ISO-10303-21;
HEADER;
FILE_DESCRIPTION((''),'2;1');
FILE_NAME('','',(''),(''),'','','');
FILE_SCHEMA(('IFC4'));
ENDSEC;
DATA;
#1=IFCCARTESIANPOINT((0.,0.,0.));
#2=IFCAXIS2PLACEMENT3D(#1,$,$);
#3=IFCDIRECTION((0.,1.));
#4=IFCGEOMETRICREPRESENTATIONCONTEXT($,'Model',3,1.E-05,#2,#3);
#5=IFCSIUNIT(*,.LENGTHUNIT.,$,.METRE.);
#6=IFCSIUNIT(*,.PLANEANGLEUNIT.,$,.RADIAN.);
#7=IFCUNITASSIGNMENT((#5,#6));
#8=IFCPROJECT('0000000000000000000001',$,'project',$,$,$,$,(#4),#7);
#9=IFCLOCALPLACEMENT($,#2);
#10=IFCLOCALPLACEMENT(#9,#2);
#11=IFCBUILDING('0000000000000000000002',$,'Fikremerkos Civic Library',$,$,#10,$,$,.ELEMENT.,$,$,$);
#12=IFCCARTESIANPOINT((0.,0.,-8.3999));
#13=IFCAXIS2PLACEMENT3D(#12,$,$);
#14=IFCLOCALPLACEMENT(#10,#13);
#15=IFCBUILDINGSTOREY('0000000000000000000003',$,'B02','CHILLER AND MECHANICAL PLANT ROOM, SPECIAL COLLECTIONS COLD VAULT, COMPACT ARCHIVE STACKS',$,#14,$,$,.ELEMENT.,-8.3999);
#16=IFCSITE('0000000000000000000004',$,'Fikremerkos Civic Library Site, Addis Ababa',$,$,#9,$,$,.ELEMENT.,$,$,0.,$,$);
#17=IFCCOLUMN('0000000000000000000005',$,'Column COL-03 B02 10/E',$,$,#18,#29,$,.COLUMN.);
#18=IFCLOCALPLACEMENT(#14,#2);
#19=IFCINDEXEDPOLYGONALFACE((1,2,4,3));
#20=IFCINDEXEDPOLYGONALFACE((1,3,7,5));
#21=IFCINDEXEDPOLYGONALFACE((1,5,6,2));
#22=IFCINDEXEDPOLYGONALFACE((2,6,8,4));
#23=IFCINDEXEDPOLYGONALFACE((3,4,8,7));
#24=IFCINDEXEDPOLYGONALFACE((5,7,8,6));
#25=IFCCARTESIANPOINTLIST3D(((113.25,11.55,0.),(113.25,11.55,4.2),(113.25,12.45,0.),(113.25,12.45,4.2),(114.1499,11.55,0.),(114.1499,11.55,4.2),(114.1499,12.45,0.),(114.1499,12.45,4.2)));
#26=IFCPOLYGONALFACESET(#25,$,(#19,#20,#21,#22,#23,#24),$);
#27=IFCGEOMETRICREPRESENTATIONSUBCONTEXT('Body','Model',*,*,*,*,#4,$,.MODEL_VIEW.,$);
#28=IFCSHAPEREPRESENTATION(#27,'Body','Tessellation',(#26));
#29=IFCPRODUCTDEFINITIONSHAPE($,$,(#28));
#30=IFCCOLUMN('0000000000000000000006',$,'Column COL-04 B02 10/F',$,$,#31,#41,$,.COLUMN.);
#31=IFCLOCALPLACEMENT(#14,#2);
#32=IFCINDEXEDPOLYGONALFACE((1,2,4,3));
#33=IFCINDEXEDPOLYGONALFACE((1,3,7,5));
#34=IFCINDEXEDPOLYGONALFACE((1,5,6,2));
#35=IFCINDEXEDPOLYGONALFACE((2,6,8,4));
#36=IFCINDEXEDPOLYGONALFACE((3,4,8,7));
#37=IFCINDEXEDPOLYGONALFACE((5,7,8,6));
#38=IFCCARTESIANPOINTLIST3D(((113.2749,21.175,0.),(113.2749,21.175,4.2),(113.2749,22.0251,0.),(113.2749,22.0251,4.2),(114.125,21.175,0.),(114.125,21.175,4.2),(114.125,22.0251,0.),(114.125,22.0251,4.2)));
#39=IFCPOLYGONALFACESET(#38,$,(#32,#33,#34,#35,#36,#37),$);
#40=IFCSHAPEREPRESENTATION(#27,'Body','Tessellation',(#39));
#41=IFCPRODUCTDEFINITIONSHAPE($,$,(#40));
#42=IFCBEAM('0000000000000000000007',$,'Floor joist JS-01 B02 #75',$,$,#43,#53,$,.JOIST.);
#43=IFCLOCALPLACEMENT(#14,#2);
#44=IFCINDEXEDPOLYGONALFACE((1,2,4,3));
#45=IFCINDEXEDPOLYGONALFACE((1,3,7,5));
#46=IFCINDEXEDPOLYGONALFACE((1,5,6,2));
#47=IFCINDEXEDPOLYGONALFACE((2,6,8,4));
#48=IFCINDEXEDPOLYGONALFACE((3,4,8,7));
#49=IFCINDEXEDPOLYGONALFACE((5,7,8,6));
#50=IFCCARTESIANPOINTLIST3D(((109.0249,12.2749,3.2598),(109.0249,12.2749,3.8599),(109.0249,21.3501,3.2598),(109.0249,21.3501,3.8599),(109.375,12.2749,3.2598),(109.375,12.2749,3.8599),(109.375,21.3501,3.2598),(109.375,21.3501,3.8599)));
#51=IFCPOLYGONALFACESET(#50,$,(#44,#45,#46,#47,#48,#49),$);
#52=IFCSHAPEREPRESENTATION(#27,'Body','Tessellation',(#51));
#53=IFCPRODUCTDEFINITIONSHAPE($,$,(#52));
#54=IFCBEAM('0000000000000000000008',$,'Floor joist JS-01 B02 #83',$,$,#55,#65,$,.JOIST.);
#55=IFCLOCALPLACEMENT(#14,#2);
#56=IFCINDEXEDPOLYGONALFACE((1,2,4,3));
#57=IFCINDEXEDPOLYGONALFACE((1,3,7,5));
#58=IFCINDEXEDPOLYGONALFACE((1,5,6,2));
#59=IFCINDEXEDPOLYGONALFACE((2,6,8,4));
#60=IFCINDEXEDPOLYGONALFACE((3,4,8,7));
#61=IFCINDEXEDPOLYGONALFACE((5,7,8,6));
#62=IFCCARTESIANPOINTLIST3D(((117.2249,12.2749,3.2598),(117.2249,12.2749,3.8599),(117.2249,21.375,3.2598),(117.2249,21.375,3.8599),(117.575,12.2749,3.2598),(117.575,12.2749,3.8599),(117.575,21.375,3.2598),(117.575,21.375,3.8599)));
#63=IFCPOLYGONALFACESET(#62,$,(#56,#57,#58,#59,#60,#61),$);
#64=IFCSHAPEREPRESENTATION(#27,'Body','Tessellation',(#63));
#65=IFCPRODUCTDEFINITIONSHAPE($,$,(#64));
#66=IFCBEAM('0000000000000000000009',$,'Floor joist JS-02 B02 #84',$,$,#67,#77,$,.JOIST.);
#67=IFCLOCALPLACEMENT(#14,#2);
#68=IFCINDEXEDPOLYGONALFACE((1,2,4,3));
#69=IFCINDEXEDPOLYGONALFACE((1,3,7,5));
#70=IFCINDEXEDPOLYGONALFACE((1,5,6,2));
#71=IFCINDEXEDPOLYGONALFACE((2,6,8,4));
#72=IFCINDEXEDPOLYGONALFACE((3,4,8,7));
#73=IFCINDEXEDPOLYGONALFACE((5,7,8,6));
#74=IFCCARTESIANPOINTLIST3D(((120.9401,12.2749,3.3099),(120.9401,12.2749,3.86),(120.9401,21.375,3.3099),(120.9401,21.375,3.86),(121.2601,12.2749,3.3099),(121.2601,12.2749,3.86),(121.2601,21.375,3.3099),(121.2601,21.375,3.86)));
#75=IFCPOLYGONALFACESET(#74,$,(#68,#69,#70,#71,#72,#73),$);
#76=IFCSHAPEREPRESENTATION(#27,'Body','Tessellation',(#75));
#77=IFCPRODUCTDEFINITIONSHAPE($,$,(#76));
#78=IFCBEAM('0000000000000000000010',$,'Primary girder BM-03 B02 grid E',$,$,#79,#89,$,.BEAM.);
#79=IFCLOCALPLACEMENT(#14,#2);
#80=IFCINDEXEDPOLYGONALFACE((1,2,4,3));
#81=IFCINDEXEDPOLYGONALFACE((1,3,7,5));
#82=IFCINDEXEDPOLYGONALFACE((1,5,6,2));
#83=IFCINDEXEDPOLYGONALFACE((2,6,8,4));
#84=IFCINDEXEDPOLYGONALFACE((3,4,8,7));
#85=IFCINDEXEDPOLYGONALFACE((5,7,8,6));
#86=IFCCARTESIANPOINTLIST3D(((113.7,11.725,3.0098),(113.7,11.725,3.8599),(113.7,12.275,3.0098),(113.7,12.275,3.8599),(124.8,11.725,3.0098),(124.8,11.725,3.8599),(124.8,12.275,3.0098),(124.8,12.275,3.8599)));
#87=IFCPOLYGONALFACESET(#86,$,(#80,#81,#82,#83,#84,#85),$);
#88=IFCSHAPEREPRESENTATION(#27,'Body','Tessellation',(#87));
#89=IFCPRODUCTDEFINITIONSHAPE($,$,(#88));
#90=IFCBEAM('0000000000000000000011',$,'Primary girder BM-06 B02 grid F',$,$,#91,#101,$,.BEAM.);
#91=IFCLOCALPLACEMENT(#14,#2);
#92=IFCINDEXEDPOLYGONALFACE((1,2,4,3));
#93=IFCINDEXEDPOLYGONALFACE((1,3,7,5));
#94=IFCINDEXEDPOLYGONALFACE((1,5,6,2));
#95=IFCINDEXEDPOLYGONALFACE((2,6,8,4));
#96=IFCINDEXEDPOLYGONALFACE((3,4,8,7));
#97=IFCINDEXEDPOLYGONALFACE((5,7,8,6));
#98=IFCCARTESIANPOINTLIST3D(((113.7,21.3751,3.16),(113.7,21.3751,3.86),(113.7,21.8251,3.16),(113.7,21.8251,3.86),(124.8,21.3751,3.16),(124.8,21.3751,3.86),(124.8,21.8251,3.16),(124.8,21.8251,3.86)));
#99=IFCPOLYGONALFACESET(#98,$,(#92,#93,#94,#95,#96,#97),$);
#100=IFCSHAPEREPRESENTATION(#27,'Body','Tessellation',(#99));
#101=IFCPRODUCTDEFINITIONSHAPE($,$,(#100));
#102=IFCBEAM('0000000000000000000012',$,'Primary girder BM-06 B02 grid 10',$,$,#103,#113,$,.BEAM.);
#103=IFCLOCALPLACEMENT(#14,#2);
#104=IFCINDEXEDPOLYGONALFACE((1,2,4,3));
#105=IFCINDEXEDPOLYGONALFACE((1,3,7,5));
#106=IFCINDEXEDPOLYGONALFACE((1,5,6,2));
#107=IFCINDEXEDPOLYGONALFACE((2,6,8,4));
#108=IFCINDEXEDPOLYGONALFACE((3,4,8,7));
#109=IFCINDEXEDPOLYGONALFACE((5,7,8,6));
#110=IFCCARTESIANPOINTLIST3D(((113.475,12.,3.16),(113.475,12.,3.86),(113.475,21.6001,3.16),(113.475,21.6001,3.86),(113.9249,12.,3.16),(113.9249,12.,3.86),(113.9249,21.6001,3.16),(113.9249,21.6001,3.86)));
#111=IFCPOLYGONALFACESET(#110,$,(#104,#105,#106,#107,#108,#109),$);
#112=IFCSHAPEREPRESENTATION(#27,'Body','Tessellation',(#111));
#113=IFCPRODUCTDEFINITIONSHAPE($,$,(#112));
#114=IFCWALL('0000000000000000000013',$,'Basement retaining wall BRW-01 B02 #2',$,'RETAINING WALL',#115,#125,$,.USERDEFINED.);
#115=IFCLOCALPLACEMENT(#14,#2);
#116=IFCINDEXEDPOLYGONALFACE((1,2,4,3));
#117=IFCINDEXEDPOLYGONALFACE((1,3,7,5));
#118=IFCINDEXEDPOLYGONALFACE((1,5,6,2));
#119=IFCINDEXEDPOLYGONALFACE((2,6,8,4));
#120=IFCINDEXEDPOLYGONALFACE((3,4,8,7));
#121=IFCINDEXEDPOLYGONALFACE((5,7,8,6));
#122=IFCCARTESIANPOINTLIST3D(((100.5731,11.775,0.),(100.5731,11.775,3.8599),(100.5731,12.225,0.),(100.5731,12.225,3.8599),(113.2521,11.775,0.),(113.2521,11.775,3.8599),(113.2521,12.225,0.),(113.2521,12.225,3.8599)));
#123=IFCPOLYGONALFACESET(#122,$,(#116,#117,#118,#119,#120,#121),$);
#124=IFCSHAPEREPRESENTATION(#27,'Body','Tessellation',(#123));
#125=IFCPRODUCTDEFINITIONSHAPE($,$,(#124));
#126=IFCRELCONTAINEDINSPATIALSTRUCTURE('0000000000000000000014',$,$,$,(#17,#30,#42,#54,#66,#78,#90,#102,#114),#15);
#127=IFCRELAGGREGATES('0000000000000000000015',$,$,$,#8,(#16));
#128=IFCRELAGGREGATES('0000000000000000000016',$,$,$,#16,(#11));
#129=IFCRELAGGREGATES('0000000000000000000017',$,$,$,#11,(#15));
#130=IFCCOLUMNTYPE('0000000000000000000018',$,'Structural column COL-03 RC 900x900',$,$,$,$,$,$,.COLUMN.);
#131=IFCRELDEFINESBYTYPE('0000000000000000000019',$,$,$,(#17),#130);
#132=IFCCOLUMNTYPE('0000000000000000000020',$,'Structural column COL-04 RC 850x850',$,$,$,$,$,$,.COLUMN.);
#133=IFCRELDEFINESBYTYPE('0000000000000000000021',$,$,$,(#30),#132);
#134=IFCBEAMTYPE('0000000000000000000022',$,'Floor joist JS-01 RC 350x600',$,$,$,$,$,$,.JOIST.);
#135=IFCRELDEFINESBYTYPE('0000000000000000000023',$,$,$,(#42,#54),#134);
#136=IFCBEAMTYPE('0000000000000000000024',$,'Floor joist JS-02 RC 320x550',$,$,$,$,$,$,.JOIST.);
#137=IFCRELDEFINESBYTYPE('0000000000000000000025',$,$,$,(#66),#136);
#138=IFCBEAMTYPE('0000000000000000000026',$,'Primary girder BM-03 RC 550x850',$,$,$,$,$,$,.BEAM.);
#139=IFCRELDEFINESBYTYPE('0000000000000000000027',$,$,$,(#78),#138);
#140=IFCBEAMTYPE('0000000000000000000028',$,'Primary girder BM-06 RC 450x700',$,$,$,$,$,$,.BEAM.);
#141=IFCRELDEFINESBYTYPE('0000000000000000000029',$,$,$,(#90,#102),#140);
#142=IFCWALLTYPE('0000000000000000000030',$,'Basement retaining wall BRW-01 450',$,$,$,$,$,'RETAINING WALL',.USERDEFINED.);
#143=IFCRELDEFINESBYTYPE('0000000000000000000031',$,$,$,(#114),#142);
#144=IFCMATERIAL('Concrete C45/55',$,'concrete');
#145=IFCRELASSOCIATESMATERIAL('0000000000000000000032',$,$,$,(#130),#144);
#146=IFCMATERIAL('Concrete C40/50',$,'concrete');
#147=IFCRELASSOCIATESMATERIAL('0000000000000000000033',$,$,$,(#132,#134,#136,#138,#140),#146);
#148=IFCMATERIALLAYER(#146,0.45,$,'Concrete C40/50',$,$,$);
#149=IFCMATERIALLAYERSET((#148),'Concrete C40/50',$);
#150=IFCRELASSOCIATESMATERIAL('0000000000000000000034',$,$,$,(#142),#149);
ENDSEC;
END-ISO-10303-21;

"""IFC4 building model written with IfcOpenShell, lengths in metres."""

from ifc_helpers import new_model, si_unit, direction, frame, frame_2d, origin, origin_2d, place, context, subcontext, project, spatial, rectangle, extrude, material, layer, layer_set, material_profile, profile_set, type_object, element, save


model = new_model("IFC4")

# Units and contexts
model_context = context("Model", 3, precision=1e-05, world=origin(), true_north=direction((0.0, 1.0)))
body_context = subcontext(model_context, "Body", "Model", "MODEL_VIEW")
ifc_project = project(units=[si_unit("LENGTHUNIT", "METRE"), si_unit("PLANEANGLEUNIT", "RADIAN")], contexts=[model_context])

# Site, building, storey
site_placement = place(None, origin())
site = spatial("IfcSite", under=ifc_project, at=site_placement, Name="Fikremerkos Civic Library Site, Addis Ababa", CompositionType="ELEMENT", RefElevation=0.0)
building_placement = place(site_placement, origin())
building = spatial("IfcBuilding", under=site, at=building_placement, Name="Fikremerkos Civic Library", CompositionType="ELEMENT")
storey_placement = place(building_placement, frame((0.0, 0.0, -8.3999)))
storey = spatial("IfcBuildingStorey", under=building, at=storey_placement, Name="B02", Description="CHILLER AND MECHANICAL PLANT ROOM, SPECIAL COLLECTIONS COLD VAULT, COMPACT ARCHIVE STACKS", CompositionType="ELEMENT", Elevation=-8.3999)

# Shared definitions
ifc_material_1 = material(Name="Concrete C40/50", Category="concrete")

# Columns
ifc_material_2 = material(Name="Concrete C45/55", Category="concrete")
ifc_material_profile_1 = material_profile(ifc_material_2, rectangle(XDim=0.8999, YDim=0.8999, at=origin_2d()), Name="RC 900x900")
ifc_profile_set_1 = profile_set([ifc_material_profile_1], Name="Concrete C45/55")
column_type_1 = type_object("IfcColumnType", Name="Structural column COL-03 RC 900x900", PredefinedType="COLUMN", material=ifc_profile_set_1)
column_1_placement = place(storey_placement, frame((113.7, 12.0, 0.0), z_axis=(0.0, 0.0, 1.0), x_axis=(1.0, 0.0, 0.0)))
element("IfcColumn", 1, at=column_1_placement, inside=storey, type_object=column_type_1, Name="Column COL-03 B02 10/E", PredefinedType="COLUMN", context=body_context, shape_type="SweptSolid", body=[
    extrude(rectangle(XDim=0.8999, YDim=0.8999, at=origin_2d()), origin(), (0.0, 0.0, 1.0), 4.2),
])
ifc_material_profile_2 = material_profile(ifc_material_1, rectangle(XDim=0.8501, YDim=0.8501, at=origin_2d()), Name="RC 850x850")
ifc_profile_set_2 = profile_set([ifc_material_profile_2], Name="Concrete C40/50")
column_type_2 = type_object("IfcColumnType", Name="Structural column COL-04 RC 850x850", PredefinedType="COLUMN", material=ifc_profile_set_2)
column_2_placement = place(storey_placement, frame((113.7, 21.6001, 0.0), z_axis=(0.0, 0.0, 1.0), x_axis=(1.0, 0.0, 0.0)))
element("IfcColumn", 2, at=column_2_placement, inside=storey, type_object=column_type_2, Name="Column COL-04 B02 10/F", PredefinedType="COLUMN", context=body_context, shape_type="SweptSolid", body=[
    extrude(rectangle(XDim=0.8501, YDim=0.8501, at=origin_2d()), origin(), (0.0, 0.0, 1.0), 4.2),
])

# Beams
ifc_material_profile_3 = material_profile(ifc_material_1, rectangle(XDim=0.3501, YDim=0.6001, at=origin_2d()), Name="RC 350x600")
ifc_profile_set_3 = profile_set([ifc_material_profile_3], Name="Concrete C40/50")
beam_type_1 = type_object("IfcBeamType", Name="Floor joist JS-01 RC 350x600", PredefinedType="JOIST", material=ifc_profile_set_3)
beam_1_placement = place(storey_placement, frame((109.2, 12.2749, 3.5598), z_axis=(0.0, 1.0, 0.0), x_axis=(-1.0, 0.0, 0.0)))
element("IfcBeam", 3, at=beam_1_placement, inside=storey, type_object=beam_type_1, Name="Floor joist JS-01 B02 #75", PredefinedType="JOIST", context=body_context, shape_type="SweptSolid", body=[
    extrude(rectangle(XDim=0.3501, YDim=0.6001, at=origin_2d()), origin(), (0.0, 0.0, 1.0), 9.0752),
])
beam_2_placement = place(storey_placement, frame((117.3999, 12.2749, 3.5598), z_axis=(0.0, 1.0, 0.0), x_axis=(-1.0, 0.0, 0.0)))
element("IfcBeam", 4, at=beam_2_placement, inside=storey, type_object=beam_type_1, Name="Floor joist JS-01 B02 #83", PredefinedType="JOIST", context=body_context, shape_type="SweptSolid", body=[
    extrude(rectangle(XDim=0.3501, YDim=0.6001, at=origin_2d()), origin(), (0.0, 0.0, 1.0), 9.1001),
])
ifc_material_profile_4 = material_profile(ifc_material_1, rectangle(XDim=0.3201, YDim=0.55, at=origin_2d()), Name="RC 320x550")
ifc_profile_set_4 = profile_set([ifc_material_profile_4], Name="Concrete C40/50")
beam_type_2 = type_object("IfcBeamType", Name="Floor joist JS-02 RC 320x550", PredefinedType="JOIST", material=ifc_profile_set_4)
beam_3_placement = place(storey_placement, frame((121.1001, 12.2749, 3.585), z_axis=(0.0, 1.0, 0.0), x_axis=(-1.0, 0.0, 0.0)))
element("IfcBeam", 5, at=beam_3_placement, inside=storey, type_object=beam_type_2, Name="Floor joist JS-02 B02 #84", PredefinedType="JOIST", context=body_context, shape_type="SweptSolid", body=[
    extrude(rectangle(XDim=0.3201, YDim=0.55, at=origin_2d()), origin(), (0.0, 0.0, 1.0), 9.1001),
])
ifc_material_profile_5 = material_profile(ifc_material_1, rectangle(XDim=0.55, YDim=0.8501, at=origin_2d()), Name="RC 550x850")
ifc_profile_set_5 = profile_set([ifc_material_profile_5], Name="Concrete C40/50")
beam_type_3 = type_object("IfcBeamType", Name="Primary girder BM-03 RC 550x850", PredefinedType="BEAM", material=ifc_profile_set_5)
beam_4_placement = place(storey_placement, frame((113.7, 12.0, 3.4348), z_axis=(1.0, 0.0, 0.0), x_axis=(0.0, 1.0, 0.0)))
element("IfcBeam", 6, at=beam_4_placement, inside=storey, type_object=beam_type_3, Name="Primary girder BM-03 B02 grid E", PredefinedType="BEAM", context=body_context, shape_type="SweptSolid", body=[
    extrude(rectangle(XDim=0.55, YDim=0.8501, at=origin_2d()), origin(), (0.0, 0.0, 1.0), 11.1001),
])
ifc_material_profile_6 = material_profile(ifc_material_1, rectangle(XDim=0.45, YDim=0.7, at=origin_2d()), Name="RC 450x700")
ifc_profile_set_6 = profile_set([ifc_material_profile_6], Name="Concrete C40/50")
beam_type_4 = type_object("IfcBeamType", Name="Primary girder BM-06 RC 450x700", PredefinedType="BEAM", material=ifc_profile_set_6)
beam_5_placement = place(storey_placement, frame((113.7, 21.6001, 3.51), z_axis=(1.0, 0.0, 0.0), x_axis=(0.0, 1.0, 0.0)))
element("IfcBeam", 7, at=beam_5_placement, inside=storey, type_object=beam_type_4, Name="Primary girder BM-06 B02 grid F", PredefinedType="BEAM", context=body_context, shape_type="SweptSolid", body=[
    extrude(rectangle(XDim=0.45, YDim=0.7, at=origin_2d()), origin(), (0.0, 0.0, 1.0), 11.1001),
])
beam_6_placement = place(storey_placement, frame((113.7, 12.0, 3.51), z_axis=(0.0, 1.0, 0.0), x_axis=(-1.0, 0.0, 0.0)))
element("IfcBeam", 8, at=beam_6_placement, inside=storey, type_object=beam_type_4, Name="Primary girder BM-06 B02 grid 10", PredefinedType="BEAM", context=body_context, shape_type="SweptSolid", body=[
    extrude(rectangle(XDim=0.45, YDim=0.7, at=origin_2d()), origin(), (0.0, 0.0, 1.0), 9.6001),
])

# Wall
ifc_layer = layer(ifc_material_1, 0.45, Name="Concrete C40/50")
ifc_layer_set = layer_set([ifc_layer], Name="Concrete C40/50")
wall_type = type_object("IfcWallType", Name="Basement retaining wall BRW-01 450", ElementType="RETAINING WALL", PredefinedType="USERDEFINED", material=ifc_layer_set)
wall_placement = place(storey_placement, frame((113.252, 12.0, 0.0), z_axis=(0.0, 0.0, 1.0), x_axis=(-1.0, 0.0, 0.0)))
element("IfcWall", 9, at=wall_placement, inside=storey, type_object=wall_type, Name="Basement retaining wall BRW-01 B02 #2", ObjectType="RETAINING WALL", PredefinedType="USERDEFINED", context=body_context, shape_type="SweptSolid", body=[
    extrude(rectangle(XDim=12.679, YDim=0.45, at=frame_2d((6.3394, 0.0))), origin(), (0.0, 0.0, 1.0), 3.8599),
])

save(model, "model.ifc")
